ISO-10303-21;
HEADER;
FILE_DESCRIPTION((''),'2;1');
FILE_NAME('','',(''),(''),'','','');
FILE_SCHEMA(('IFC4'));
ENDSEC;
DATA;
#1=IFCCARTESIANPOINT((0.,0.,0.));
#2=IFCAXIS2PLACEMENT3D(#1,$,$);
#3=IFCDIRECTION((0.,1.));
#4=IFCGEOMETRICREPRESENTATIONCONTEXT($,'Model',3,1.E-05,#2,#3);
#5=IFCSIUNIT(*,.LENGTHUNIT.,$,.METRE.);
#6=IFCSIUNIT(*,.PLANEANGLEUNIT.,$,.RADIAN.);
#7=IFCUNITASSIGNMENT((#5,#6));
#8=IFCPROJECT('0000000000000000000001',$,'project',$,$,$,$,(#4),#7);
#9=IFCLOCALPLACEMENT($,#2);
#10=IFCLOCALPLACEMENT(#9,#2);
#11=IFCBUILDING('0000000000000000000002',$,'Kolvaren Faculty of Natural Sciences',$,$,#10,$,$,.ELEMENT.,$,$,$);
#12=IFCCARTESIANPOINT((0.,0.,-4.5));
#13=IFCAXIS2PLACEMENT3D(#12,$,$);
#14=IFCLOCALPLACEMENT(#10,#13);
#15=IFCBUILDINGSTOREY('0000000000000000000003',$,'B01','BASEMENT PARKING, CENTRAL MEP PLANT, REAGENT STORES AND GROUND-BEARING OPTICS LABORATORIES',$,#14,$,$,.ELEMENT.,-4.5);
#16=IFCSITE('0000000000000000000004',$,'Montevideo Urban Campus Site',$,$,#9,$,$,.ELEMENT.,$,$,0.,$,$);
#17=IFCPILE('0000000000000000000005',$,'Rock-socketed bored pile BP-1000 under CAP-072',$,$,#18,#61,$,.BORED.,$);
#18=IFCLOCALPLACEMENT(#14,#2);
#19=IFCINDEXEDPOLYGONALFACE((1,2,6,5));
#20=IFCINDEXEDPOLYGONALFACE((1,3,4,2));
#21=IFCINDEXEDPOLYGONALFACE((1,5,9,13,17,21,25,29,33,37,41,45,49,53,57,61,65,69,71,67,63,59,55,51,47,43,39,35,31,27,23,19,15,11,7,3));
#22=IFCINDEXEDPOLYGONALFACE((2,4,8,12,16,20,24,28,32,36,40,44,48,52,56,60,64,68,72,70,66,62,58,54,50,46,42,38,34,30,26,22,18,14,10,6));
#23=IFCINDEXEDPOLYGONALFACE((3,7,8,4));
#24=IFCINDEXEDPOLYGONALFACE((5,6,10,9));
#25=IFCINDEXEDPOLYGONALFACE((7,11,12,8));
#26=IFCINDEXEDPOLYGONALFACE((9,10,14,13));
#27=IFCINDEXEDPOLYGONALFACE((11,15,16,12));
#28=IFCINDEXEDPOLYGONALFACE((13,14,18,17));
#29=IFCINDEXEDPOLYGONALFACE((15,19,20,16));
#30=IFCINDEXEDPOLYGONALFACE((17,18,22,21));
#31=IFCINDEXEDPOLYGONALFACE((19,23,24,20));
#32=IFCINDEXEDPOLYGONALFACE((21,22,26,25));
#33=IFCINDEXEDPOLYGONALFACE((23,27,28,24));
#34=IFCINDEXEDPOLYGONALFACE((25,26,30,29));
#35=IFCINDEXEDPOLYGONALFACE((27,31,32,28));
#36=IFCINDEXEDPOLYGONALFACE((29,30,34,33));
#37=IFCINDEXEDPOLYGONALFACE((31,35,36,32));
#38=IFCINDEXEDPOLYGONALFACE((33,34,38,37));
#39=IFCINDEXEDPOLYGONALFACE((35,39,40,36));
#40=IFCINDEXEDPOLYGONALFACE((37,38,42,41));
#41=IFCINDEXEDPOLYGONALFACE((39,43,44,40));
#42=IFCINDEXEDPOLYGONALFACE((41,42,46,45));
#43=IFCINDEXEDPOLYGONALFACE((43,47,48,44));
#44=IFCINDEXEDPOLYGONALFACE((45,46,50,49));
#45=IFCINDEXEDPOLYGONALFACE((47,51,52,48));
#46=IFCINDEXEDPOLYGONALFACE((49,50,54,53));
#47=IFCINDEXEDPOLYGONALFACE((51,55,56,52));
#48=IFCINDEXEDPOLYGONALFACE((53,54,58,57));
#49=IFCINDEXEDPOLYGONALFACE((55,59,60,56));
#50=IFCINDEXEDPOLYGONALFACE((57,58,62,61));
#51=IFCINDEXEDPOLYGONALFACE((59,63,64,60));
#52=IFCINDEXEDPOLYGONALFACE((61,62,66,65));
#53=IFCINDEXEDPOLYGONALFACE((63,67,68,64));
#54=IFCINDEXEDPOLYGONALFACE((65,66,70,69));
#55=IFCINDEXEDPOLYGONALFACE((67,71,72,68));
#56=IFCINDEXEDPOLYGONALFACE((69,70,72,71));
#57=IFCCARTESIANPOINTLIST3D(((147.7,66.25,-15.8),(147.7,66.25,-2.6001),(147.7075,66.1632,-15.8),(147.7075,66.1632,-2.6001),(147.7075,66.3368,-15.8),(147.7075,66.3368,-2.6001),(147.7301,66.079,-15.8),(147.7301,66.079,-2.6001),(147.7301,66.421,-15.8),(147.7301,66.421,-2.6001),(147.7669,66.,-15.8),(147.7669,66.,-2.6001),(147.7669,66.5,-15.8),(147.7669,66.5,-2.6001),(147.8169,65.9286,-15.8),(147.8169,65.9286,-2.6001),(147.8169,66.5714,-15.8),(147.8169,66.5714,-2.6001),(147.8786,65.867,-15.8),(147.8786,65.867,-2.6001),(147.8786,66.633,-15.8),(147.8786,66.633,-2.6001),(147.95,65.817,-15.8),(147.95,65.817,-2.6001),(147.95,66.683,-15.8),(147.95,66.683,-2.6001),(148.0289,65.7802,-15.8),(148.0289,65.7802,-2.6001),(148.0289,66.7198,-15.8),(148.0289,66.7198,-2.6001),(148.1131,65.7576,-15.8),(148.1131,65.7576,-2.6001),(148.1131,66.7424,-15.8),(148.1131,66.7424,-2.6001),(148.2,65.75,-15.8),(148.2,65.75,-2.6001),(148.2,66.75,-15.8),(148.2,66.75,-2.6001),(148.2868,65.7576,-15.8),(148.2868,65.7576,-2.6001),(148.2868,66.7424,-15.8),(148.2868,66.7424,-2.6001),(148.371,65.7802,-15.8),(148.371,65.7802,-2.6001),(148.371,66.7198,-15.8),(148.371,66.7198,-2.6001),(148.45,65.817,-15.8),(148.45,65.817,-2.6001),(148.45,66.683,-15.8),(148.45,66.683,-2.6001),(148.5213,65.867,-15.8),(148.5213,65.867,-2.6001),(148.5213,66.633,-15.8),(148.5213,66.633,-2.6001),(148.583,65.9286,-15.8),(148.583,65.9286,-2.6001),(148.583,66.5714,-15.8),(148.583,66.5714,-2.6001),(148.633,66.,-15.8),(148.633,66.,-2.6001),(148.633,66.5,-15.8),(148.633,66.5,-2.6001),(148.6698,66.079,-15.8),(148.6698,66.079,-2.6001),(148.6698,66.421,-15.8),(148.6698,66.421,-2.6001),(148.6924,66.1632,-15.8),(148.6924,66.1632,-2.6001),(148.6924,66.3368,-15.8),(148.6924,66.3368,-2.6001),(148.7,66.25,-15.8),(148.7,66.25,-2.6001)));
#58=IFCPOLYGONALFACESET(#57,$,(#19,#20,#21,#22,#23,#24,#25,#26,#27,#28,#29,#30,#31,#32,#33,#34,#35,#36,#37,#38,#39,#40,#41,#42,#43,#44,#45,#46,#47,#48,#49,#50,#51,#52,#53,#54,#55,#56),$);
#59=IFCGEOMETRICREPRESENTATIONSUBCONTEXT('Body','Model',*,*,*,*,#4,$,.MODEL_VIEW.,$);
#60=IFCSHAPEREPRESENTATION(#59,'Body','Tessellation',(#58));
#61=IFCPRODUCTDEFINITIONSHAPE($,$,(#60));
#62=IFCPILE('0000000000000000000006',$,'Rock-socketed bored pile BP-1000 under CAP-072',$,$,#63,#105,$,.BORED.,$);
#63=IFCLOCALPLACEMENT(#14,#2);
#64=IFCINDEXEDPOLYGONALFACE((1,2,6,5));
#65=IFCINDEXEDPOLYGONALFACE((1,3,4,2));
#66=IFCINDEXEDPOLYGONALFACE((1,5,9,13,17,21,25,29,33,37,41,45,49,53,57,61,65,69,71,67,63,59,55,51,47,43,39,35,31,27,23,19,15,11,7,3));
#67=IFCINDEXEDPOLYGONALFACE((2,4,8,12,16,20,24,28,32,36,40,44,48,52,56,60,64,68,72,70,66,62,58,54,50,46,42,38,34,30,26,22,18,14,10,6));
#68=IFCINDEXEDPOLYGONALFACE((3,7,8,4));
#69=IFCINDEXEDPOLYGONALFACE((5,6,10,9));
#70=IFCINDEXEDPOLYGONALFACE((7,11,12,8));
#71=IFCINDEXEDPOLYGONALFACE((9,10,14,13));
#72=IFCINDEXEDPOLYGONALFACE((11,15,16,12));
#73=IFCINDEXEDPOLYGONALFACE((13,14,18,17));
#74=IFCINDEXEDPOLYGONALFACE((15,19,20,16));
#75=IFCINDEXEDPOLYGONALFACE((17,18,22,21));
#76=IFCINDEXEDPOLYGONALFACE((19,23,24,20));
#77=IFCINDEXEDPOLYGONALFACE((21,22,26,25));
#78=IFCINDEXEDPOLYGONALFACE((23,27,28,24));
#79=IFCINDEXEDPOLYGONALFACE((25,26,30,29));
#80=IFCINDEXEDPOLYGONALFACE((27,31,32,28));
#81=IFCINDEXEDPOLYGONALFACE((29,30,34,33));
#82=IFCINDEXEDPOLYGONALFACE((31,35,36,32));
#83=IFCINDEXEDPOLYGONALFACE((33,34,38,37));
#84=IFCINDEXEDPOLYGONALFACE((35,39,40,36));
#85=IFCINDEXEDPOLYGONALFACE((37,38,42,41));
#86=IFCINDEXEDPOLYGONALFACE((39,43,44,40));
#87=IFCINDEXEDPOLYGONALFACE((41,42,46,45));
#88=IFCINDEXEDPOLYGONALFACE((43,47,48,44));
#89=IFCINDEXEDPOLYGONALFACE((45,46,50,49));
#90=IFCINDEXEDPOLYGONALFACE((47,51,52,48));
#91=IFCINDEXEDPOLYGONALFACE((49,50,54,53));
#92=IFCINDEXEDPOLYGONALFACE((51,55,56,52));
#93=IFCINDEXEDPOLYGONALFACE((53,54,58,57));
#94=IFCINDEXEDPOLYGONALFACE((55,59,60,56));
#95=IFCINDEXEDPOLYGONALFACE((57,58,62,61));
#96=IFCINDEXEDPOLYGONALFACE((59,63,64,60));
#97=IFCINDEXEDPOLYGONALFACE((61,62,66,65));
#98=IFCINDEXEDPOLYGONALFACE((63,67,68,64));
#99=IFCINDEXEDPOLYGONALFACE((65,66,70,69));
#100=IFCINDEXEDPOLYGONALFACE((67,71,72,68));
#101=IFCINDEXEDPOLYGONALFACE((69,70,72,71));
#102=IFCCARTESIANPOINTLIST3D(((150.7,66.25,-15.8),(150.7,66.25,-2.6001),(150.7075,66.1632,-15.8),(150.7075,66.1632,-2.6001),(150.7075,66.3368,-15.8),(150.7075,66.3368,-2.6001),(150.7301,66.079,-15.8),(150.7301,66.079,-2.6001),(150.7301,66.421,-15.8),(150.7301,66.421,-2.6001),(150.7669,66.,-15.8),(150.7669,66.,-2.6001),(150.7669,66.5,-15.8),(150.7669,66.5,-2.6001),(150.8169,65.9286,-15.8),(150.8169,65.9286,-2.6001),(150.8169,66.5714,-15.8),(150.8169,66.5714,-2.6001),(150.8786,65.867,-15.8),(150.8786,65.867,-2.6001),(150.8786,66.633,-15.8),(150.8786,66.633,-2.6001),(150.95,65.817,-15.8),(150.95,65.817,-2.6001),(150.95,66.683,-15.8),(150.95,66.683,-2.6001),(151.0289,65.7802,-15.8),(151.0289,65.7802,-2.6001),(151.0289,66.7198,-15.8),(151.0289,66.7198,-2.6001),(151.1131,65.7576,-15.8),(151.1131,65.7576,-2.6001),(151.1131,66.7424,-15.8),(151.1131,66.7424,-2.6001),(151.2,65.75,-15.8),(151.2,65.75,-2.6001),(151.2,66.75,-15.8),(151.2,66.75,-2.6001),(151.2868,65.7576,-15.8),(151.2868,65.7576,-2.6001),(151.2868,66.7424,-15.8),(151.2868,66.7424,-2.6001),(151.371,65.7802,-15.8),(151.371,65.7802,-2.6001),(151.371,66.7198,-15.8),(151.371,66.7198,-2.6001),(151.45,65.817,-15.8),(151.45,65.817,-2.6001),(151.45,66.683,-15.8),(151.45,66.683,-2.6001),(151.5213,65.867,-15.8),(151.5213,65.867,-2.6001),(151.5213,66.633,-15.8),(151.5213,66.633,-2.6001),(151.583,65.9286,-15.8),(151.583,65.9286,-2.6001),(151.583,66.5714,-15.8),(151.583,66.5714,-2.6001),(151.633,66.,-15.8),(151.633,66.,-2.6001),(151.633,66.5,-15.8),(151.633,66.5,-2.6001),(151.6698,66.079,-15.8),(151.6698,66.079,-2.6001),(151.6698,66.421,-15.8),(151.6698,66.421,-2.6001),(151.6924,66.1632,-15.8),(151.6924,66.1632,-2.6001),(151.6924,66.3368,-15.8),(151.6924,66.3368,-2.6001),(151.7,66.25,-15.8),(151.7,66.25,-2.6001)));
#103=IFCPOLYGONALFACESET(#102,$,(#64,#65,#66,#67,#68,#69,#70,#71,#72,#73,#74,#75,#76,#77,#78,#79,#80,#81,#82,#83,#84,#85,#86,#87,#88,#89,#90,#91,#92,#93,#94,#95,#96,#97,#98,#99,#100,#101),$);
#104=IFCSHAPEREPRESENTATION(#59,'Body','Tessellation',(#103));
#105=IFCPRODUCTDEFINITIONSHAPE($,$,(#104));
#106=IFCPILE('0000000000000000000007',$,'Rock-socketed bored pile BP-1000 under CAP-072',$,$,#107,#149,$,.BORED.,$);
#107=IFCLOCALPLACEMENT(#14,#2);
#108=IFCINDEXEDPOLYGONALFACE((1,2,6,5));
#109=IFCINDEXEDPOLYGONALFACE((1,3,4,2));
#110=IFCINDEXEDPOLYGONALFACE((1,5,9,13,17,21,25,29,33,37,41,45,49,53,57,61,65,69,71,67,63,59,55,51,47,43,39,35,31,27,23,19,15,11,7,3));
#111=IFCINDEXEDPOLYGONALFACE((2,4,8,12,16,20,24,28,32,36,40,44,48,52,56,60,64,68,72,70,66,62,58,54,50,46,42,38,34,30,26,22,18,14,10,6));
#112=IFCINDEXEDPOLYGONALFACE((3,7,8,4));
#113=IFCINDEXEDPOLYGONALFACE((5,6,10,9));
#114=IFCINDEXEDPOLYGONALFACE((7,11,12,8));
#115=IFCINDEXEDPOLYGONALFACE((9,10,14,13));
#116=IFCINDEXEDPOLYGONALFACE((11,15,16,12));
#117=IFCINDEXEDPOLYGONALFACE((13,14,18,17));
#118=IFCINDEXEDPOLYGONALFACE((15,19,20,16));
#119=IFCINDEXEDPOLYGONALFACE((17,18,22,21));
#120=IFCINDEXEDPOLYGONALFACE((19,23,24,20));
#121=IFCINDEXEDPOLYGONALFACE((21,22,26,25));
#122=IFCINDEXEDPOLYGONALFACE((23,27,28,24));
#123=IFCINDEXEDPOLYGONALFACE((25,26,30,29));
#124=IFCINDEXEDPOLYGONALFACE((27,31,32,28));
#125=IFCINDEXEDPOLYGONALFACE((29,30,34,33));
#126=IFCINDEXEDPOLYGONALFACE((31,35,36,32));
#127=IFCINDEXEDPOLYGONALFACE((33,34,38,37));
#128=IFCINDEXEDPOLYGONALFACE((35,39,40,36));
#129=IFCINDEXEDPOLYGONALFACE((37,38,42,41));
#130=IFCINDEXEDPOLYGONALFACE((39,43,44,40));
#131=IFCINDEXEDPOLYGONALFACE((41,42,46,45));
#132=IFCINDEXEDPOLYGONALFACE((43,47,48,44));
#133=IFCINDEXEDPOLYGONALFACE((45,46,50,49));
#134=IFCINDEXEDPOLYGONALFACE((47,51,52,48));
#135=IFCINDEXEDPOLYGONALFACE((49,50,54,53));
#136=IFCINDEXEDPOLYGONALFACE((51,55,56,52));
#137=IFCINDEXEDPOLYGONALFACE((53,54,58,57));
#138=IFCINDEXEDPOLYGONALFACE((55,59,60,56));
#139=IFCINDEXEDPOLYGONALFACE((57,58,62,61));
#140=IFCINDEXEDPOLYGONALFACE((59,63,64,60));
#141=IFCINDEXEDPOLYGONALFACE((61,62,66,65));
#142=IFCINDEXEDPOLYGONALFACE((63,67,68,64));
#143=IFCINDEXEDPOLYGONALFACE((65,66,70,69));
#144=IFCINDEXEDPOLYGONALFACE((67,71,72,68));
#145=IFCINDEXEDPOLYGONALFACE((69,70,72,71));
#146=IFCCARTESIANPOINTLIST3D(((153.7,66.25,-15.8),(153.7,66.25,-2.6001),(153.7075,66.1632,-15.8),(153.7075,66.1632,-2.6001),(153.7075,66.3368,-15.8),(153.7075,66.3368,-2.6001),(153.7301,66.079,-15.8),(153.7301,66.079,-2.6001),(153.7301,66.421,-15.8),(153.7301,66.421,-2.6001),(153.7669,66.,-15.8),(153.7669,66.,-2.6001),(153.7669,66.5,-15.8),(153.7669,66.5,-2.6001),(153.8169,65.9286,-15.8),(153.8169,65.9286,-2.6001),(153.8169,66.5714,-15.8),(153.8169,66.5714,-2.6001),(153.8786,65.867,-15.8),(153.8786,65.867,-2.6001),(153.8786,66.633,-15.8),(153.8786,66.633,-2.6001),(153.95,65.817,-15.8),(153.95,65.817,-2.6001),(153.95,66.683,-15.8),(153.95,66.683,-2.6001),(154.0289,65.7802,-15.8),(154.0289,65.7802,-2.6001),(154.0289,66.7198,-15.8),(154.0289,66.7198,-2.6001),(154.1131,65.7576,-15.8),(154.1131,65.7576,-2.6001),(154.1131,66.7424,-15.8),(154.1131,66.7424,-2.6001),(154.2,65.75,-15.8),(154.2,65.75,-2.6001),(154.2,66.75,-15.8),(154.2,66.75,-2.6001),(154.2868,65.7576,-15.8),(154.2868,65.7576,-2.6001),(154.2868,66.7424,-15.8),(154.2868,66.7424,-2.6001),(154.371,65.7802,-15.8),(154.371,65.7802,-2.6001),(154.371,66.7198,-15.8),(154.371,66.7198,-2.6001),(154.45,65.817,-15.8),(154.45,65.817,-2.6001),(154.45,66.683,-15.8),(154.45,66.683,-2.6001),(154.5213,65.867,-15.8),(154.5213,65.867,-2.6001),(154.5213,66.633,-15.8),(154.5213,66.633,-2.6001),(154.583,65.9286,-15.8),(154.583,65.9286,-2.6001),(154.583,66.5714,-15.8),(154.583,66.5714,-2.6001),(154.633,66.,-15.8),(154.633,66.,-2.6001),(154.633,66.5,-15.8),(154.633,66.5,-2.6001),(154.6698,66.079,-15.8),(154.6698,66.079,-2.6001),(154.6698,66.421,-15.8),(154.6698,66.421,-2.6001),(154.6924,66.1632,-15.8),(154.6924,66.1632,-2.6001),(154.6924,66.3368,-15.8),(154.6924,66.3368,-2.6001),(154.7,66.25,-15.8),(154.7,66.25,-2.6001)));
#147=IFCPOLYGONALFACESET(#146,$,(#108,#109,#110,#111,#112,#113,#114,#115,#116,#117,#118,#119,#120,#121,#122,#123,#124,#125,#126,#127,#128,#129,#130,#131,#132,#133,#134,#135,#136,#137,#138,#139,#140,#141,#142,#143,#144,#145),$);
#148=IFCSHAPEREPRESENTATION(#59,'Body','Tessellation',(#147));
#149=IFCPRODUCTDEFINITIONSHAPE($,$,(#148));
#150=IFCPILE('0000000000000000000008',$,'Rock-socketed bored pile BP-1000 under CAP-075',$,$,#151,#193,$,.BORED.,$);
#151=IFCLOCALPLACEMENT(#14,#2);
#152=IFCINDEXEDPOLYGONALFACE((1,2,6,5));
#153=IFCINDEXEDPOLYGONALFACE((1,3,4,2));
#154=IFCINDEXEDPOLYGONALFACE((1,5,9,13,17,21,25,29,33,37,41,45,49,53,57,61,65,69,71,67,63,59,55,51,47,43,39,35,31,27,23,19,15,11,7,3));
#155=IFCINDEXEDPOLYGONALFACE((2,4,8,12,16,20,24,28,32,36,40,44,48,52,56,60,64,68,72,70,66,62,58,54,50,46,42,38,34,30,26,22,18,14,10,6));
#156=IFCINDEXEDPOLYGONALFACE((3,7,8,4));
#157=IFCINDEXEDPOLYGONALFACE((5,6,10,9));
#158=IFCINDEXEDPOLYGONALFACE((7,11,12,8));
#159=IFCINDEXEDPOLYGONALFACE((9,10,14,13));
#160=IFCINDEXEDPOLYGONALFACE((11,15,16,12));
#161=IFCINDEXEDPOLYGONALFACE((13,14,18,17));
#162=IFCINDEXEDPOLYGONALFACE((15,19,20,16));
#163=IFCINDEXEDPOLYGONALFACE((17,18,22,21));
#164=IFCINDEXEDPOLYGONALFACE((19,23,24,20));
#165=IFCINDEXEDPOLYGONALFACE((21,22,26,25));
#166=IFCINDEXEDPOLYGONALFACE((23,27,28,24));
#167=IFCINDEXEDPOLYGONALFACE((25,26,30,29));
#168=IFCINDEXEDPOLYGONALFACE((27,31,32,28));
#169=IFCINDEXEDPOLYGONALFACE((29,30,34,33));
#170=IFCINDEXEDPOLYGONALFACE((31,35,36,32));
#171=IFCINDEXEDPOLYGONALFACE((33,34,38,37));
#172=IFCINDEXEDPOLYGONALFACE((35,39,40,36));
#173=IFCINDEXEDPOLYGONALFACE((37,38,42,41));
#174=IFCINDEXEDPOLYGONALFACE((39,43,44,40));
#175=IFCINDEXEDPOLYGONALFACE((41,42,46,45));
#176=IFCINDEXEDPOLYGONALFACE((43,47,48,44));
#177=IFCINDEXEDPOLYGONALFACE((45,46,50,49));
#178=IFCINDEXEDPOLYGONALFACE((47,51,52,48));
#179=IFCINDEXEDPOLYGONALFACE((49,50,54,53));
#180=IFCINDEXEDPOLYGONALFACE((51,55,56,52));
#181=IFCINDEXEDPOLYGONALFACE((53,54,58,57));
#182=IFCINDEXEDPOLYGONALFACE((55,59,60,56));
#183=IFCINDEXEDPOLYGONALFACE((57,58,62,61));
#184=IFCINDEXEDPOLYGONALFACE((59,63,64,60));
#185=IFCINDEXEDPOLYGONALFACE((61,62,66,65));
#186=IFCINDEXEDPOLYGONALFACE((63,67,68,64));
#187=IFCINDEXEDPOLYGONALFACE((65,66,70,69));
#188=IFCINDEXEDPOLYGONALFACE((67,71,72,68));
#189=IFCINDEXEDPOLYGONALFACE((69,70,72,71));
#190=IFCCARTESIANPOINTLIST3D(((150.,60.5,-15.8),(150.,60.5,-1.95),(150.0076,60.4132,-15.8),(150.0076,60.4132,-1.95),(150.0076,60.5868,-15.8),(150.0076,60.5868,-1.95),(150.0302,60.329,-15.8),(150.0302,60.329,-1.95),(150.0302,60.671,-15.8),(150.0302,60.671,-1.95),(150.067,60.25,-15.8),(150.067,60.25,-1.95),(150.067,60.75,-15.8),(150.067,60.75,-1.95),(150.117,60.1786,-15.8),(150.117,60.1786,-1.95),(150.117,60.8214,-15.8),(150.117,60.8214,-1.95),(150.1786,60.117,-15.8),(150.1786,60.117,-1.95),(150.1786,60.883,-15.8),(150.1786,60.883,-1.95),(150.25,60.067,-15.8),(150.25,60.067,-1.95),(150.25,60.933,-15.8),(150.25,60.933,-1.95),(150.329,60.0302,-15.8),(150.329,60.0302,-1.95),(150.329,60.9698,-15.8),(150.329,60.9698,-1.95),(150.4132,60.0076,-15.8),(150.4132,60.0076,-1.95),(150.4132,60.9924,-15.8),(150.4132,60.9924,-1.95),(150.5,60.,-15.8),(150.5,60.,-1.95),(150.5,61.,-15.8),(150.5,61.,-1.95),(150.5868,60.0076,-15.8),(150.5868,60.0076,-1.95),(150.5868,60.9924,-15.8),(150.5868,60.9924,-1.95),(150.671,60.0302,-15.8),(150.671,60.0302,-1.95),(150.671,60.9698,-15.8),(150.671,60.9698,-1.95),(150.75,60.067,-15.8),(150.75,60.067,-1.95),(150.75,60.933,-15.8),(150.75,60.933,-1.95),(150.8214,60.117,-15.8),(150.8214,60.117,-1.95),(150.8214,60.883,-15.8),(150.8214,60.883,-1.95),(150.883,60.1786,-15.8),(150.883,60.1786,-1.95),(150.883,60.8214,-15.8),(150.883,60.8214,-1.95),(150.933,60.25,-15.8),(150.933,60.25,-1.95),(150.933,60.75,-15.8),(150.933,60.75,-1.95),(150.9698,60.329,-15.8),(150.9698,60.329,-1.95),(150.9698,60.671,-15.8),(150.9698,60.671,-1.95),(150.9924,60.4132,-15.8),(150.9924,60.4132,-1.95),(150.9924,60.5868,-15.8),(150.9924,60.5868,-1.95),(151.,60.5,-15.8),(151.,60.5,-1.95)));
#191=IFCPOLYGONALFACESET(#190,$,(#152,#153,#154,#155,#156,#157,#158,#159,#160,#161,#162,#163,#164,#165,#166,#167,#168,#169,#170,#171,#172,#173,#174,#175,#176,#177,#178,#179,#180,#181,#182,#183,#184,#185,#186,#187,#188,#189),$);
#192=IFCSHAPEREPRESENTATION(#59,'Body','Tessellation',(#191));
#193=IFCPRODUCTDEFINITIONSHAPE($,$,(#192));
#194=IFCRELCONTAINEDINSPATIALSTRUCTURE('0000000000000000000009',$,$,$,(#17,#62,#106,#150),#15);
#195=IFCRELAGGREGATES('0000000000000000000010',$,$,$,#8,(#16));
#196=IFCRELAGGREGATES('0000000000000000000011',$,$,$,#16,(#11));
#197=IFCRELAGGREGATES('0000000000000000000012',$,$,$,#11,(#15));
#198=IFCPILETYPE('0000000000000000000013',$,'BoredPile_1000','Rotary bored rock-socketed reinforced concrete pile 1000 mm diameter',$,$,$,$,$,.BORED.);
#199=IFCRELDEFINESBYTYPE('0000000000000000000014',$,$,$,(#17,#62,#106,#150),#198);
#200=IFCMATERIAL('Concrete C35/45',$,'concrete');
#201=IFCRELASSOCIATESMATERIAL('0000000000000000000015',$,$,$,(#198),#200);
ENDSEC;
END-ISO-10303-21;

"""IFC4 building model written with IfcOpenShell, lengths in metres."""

from ifc_helpers import new_model, si_unit, direction, frame, origin, origin_2d, place, context, subcontext, project, spatial, circle, extrude, material, material_profile, profile_set, type_object, element, save


model = new_model("IFC4")

# Units and contexts
model_context = context("Model", 3, precision=1e-05, world=origin(), true_north=direction((0.0, 1.0)))
body_context = subcontext(model_context, "Body", "Model", "MODEL_VIEW")
ifc_project = project(units=[si_unit("LENGTHUNIT", "METRE"), si_unit("PLANEANGLEUNIT", "RADIAN")], contexts=[model_context])

# Site, building, storey
site_placement = place(None, origin())
site = spatial("IfcSite", under=ifc_project, at=site_placement, Name="Montevideo Urban Campus Site", CompositionType="ELEMENT", RefElevation=0.0)
building_placement = place(site_placement, origin())
building = spatial("IfcBuilding", under=site, at=building_placement, Name="Kolvaren Faculty of Natural Sciences", CompositionType="ELEMENT")
storey_placement = place(building_placement, frame((0.0, 0.0, -4.5)))
storey = spatial("IfcBuildingStorey", under=building, at=storey_placement, Name="B01", Description="BASEMENT PARKING, CENTRAL MEP PLANT, REAGENT STORES AND GROUND-BEARING OPTICS LABORATORIES", CompositionType="ELEMENT", Elevation=-4.5)

# Piles
ifc_material_1 = material(Name="Concrete C35/45", Category="concrete")
ifc_material_profile_1 = material_profile(ifc_material_1, circle(Radius=0.5, at=origin_2d()), Name="PILE D1000")
ifc_profile_set_1 = profile_set([ifc_material_profile_1], Name="Concrete C35/45")
pile_type = type_object("IfcPileType", Name="BoredPile_1000", Description="Rotary bored rock-socketed reinforced concrete pile 1000 mm diameter", PredefinedType="BORED", material=ifc_profile_set_1)
for number, where, z_axis, x_axis, name in (
    (1, (148.2, 66.25, -2.6001), (0.0, 0.0, -1.0), (1.0, 0.0, 0.0), "Rock-socketed bored pile BP-1000 under CAP-072"),
    (2, (151.2, 66.25, -2.6001), (0.0, 0.0, -1.0), (1.0, 0.0, 0.0), "Rock-socketed bored pile BP-1000 under CAP-072"),
    (3, (154.2, 66.25, -2.6001), (0.0, 0.0, -1.0), (1.0, 0.0, 0.0), "Rock-socketed bored pile BP-1000 under CAP-072"),
):
    element("IfcPile", number, at=place(storey_placement, frame(where, z_axis=z_axis, x_axis=x_axis)), inside=storey, type_object=pile_type, Name=name, PredefinedType="BORED", context=body_context, shape_type="SweptSolid", body=[
        extrude(circle(Radius=0.5, at=origin_2d()), origin(), (0.0, 0.0, 1.0), 13.2),
    ])
for number, where, z_axis, x_axis, name in (
    (4, (150.5, 60.5, -1.95), (0.0, 0.0, -1.0), (1.0, 0.0, 0.0), "Rock-socketed bored pile BP-1000 under CAP-075"),
):
    element("IfcPile", number, at=place(storey_placement, frame(where, z_axis=z_axis, x_axis=x_axis)), inside=storey, type_object=pile_type, Name=name, PredefinedType="BORED", context=body_context, shape_type="SweptSolid", body=[
        extrude(circle(Radius=0.5, at=origin_2d()), origin(), (0.0, 0.0, 1.0), 13.8501),
    ])

save(model, "model.ifc")
